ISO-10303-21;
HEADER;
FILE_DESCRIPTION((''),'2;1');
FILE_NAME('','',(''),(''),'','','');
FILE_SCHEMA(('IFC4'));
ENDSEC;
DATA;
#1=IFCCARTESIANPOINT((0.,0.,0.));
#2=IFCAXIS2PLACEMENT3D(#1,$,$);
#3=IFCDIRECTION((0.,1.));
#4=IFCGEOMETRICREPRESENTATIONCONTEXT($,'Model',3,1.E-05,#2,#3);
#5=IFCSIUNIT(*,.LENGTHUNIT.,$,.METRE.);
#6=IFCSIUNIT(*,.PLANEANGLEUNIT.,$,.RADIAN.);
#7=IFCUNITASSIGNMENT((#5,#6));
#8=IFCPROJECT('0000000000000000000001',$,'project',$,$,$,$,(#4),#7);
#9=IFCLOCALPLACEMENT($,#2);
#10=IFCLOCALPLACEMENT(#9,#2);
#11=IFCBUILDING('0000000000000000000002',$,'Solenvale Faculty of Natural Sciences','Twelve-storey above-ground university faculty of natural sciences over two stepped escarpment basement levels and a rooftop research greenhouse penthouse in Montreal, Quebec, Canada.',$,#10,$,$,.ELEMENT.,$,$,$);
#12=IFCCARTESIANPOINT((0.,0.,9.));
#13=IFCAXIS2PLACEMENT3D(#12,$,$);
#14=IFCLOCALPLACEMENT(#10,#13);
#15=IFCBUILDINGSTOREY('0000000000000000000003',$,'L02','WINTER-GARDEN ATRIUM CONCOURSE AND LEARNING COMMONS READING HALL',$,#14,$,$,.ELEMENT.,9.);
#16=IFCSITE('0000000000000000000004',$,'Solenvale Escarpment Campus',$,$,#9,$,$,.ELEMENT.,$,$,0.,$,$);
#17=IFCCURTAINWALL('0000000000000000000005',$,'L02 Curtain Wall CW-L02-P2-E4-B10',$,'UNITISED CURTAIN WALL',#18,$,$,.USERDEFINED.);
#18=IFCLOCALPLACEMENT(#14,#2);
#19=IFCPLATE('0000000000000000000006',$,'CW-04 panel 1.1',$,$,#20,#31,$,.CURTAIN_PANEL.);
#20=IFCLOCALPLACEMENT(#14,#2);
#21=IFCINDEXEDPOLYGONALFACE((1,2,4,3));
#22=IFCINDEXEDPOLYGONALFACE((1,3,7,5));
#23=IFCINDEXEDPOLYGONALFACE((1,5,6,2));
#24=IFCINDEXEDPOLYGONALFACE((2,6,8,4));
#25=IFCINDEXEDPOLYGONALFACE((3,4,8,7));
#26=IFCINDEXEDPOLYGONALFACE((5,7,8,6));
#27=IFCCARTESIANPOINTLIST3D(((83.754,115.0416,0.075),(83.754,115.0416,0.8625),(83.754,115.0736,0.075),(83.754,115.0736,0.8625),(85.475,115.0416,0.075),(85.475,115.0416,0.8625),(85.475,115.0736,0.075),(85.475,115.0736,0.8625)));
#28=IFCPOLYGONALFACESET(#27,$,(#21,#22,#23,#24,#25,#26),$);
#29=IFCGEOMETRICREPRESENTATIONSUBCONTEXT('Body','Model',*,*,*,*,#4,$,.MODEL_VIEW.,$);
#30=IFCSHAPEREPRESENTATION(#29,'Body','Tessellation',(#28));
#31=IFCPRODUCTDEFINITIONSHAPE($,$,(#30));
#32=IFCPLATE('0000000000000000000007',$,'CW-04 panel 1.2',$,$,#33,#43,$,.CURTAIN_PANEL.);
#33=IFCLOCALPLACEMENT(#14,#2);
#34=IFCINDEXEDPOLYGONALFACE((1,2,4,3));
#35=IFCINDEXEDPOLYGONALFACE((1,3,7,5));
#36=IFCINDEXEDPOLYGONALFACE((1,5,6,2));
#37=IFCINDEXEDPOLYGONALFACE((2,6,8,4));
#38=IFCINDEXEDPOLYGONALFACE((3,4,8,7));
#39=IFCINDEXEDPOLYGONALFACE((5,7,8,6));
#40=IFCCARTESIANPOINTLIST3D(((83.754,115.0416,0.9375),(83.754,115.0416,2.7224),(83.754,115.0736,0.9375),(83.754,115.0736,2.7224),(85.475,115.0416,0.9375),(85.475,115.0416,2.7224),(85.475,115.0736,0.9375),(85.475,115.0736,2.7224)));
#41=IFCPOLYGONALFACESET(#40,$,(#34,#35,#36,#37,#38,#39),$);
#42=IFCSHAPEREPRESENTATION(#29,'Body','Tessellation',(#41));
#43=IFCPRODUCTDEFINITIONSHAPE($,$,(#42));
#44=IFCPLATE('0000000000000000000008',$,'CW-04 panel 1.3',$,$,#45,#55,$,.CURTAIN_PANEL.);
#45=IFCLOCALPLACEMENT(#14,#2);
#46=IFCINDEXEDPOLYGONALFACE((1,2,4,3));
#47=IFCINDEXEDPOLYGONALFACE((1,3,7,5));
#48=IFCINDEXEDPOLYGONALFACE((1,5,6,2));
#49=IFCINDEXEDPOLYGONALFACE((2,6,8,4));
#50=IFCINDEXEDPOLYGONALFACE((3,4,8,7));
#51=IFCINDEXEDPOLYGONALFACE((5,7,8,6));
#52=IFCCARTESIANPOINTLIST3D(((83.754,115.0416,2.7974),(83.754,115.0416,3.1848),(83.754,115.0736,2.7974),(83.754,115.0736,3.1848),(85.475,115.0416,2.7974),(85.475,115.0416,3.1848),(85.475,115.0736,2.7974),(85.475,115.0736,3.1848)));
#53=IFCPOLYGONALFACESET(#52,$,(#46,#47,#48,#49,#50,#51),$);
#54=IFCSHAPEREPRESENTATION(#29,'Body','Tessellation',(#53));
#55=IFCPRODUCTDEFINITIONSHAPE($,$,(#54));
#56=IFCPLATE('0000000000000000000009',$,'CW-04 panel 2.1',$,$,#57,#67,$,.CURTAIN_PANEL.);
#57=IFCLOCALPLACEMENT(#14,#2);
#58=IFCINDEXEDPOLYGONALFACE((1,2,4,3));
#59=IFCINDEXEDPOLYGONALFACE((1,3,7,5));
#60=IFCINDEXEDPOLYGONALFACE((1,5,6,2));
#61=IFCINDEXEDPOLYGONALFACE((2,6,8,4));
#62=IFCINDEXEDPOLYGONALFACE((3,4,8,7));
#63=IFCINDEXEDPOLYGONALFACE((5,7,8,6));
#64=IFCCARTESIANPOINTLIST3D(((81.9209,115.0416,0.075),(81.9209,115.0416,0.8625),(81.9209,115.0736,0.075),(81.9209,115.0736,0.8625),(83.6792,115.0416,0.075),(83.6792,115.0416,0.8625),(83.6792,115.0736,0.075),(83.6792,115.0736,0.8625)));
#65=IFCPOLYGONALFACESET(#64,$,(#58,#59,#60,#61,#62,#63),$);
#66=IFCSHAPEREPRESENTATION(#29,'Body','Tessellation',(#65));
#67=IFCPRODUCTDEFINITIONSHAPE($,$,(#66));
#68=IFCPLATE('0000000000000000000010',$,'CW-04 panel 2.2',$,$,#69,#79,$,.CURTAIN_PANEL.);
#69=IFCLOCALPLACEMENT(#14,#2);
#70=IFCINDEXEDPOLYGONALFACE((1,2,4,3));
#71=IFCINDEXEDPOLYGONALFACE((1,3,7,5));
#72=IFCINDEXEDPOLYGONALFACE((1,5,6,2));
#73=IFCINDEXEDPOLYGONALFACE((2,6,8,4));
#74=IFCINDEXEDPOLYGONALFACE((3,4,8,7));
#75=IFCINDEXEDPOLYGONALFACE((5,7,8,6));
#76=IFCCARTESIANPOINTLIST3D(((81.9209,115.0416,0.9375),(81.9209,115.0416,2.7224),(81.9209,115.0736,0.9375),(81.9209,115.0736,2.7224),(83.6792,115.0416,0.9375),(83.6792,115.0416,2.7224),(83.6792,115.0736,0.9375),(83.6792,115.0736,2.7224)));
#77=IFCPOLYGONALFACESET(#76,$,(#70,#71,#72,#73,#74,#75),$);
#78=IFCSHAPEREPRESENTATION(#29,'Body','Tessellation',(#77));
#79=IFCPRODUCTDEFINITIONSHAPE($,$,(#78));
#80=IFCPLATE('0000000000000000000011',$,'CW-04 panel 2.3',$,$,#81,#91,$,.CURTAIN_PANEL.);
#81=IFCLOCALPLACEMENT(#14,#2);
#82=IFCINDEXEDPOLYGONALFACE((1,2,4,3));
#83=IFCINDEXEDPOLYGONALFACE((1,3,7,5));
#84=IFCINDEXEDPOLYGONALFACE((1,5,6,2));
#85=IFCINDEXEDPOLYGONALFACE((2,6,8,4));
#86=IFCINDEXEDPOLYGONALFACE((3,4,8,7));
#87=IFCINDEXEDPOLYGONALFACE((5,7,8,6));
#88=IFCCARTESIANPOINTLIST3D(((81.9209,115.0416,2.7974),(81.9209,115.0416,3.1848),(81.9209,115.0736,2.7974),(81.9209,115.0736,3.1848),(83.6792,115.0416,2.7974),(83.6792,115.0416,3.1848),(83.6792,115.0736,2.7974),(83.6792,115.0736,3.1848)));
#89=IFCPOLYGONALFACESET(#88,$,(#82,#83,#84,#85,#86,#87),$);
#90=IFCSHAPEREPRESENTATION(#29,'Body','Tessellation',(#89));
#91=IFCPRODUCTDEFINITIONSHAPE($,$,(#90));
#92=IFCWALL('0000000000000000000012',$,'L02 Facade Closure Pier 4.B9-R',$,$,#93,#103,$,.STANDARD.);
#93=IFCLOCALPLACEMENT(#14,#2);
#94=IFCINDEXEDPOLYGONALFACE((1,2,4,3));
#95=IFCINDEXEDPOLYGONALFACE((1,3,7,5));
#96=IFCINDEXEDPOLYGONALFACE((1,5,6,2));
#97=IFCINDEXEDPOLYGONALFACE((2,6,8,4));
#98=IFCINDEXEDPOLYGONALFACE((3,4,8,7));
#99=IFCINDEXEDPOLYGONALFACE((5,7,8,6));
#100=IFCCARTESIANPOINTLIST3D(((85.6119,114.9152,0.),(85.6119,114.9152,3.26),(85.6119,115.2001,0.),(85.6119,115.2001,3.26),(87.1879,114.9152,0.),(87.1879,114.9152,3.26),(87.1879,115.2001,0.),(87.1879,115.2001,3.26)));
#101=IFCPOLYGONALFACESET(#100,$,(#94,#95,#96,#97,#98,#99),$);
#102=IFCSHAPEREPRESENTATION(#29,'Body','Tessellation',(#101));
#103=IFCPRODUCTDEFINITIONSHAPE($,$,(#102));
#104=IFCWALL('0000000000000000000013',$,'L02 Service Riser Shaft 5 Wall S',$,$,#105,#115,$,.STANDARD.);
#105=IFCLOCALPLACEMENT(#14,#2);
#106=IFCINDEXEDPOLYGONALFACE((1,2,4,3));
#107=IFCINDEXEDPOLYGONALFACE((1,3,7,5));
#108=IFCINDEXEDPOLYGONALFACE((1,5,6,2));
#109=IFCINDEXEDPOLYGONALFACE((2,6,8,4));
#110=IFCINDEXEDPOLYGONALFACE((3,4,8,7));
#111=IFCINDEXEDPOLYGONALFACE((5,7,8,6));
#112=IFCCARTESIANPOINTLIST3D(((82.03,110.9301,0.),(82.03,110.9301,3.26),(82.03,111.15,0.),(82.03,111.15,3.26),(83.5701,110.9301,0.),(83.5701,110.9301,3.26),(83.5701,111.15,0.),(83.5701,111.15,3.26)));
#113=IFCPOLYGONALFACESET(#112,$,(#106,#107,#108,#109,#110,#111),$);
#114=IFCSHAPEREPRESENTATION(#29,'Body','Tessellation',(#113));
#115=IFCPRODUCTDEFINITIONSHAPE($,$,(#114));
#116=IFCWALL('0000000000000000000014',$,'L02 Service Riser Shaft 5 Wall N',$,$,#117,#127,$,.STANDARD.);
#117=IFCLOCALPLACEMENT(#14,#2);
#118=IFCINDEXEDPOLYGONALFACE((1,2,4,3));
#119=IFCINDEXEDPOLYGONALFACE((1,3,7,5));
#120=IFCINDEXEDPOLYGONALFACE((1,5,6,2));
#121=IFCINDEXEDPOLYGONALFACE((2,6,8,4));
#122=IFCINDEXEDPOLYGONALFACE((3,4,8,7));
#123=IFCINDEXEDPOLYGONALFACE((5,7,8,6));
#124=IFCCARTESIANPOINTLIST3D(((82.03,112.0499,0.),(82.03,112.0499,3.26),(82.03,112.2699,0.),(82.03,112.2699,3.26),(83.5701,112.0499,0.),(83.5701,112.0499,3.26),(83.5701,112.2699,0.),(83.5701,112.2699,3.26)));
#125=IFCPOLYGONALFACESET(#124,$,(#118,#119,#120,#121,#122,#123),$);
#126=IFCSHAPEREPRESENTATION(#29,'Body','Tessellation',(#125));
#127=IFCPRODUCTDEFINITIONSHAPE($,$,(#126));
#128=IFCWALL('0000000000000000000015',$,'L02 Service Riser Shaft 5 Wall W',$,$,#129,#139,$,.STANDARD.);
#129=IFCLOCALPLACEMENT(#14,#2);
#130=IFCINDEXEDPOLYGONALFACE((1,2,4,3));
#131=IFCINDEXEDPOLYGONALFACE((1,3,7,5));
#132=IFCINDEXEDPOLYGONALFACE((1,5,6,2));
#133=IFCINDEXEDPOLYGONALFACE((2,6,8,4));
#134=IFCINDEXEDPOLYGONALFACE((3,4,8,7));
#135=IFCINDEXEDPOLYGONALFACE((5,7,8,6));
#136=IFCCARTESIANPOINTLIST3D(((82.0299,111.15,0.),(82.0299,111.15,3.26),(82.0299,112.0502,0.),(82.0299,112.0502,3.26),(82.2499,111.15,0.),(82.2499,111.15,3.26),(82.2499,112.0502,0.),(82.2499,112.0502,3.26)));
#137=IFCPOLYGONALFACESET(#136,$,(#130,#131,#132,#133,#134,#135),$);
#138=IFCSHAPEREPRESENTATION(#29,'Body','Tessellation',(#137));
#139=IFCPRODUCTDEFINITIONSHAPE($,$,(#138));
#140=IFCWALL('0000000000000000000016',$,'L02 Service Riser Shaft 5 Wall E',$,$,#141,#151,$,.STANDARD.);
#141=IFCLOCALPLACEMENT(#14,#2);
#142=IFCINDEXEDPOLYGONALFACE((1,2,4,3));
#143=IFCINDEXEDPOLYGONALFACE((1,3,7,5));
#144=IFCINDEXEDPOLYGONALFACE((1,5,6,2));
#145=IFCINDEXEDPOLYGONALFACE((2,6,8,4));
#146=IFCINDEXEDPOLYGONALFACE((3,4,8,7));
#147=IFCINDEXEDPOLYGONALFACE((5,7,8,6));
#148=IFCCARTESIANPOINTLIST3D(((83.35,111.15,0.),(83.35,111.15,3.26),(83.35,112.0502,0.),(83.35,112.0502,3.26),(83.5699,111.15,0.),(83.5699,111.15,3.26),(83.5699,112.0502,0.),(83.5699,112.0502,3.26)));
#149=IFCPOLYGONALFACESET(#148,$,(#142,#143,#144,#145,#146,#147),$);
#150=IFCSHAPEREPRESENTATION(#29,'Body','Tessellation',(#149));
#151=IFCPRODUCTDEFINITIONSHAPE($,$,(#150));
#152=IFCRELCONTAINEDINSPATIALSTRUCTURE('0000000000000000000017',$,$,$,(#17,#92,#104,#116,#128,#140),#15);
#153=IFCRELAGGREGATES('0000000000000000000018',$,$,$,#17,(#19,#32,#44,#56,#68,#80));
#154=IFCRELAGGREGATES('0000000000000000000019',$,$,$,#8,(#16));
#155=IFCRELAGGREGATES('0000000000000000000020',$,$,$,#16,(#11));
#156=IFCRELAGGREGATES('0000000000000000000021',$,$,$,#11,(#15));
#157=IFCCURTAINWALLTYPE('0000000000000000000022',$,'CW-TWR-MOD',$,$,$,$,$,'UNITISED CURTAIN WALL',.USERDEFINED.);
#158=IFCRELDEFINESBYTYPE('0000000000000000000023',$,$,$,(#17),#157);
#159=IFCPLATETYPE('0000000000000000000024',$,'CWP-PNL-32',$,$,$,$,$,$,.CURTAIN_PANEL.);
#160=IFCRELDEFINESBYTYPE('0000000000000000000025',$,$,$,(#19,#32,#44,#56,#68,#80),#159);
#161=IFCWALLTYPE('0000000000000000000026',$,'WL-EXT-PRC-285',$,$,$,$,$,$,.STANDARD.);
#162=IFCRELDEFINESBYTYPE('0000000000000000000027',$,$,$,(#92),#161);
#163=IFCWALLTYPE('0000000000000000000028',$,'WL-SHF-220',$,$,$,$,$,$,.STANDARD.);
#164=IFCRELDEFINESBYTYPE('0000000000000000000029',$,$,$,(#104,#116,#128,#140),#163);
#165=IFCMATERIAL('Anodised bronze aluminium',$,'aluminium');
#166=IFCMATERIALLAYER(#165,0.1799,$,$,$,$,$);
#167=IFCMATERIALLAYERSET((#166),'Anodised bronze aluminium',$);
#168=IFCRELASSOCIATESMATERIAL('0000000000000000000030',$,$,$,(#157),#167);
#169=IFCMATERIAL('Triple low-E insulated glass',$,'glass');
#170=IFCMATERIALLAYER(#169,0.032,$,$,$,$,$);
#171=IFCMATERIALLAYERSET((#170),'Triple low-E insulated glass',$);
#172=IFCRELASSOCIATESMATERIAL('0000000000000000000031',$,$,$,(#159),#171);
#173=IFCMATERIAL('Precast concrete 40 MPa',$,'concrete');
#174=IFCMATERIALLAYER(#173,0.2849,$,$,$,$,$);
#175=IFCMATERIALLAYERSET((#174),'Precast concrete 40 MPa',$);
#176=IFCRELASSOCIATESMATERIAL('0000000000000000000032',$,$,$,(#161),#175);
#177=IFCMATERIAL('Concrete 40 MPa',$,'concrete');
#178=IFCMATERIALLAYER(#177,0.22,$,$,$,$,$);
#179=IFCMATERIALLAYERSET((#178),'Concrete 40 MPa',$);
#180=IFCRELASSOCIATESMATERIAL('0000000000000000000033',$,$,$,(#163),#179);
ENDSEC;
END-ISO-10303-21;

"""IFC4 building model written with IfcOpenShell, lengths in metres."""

from ifc_helpers import new_model, si_unit, direction, frame, frame_2d, origin, origin_2d, place, context, subcontext, project, spatial, rectangle, extrude, material, layer, layer_set, type_object, element, aggregate, save


model = new_model("IFC4")

# Units and contexts
model_context = context("Model", 3, precision=1e-05, world=origin(), true_north=direction((0.0, 1.0)))
body_context = subcontext(model_context, "Body", "Model", "MODEL_VIEW")
ifc_project = project(units=[si_unit("LENGTHUNIT", "METRE"), si_unit("PLANEANGLEUNIT", "RADIAN")], contexts=[model_context])

# Site, building, storey
site_placement = place(None, origin())
site = spatial("IfcSite", under=ifc_project, at=site_placement, Name="Solenvale Escarpment Campus", CompositionType="ELEMENT", RefElevation=0.0)
building_placement = place(site_placement, origin())
building = spatial("IfcBuilding", under=site, at=building_placement, Name="Solenvale Faculty of Natural Sciences", Description="Twelve-storey above-ground university faculty of natural sciences over two stepped escarpment basement levels and a rooftop research greenhouse penthouse in Montreal, Quebec, Canada.", CompositionType="ELEMENT")
storey_placement = place(building_placement, frame((0.0, 0.0, 9.0)))
storey = spatial("IfcBuildingStorey", under=building, at=storey_placement, Name="L02", Description="WINTER-GARDEN ATRIUM CONCOURSE AND LEARNING COMMONS READING HALL", CompositionType="ELEMENT", Elevation=9.0)

# Shared definitions
ifc_material_1 = material(Name="Concrete 40 MPa", Category="concrete")
ifc_material_2 = material(Name="Precast concrete 40 MPa", Category="concrete")

# Shared definitions
ifc_material_3 = material(Name="Anodised bronze aluminium", Category="aluminium")
ifc_layer_1 = layer(ifc_material_3, 0.1799)
ifc_layer_set_1 = layer_set([ifc_layer_1], Name="Anodised bronze aluminium")
curtain_wall_type = type_object("IfcCurtainWallType", Name="CW-TWR-MOD", ElementType="UNITISED CURTAIN WALL", PredefinedType="USERDEFINED", material=ifc_layer_set_1)

# Curtain wall, plates
curtain_wall_1_placement = place(storey_placement, origin())
curtain_wall_1 = element("IfcCurtainWall", 1, at=curtain_wall_1_placement, inside=storey, type_object=curtain_wall_type, Name="L02 Curtain Wall CW-L02-P2-E4-B10", ObjectType="UNITISED CURTAIN WALL", PredefinedType="USERDEFINED")
ifc_material_4 = material(Name="Triple low-E insulated glass", Category="glass")
ifc_layer_2 = layer(ifc_material_4, 0.032)
ifc_layer_set_2 = layer_set([ifc_layer_2], Name="Triple low-E insulated glass")
plate_type = type_object("IfcPlateType", Name="CWP-PNL-32", PredefinedType="CURTAIN_PANEL", material=ifc_layer_set_2)
plate_1_placement = place(storey_placement, frame((84.6145, 115.0576, 0.075), z_axis=(0.0, 0.0, 1.0), x_axis=(-1.0, 0.0, 0.0)))
plate_1 = element("IfcPlate", 2, at=plate_1_placement, type_object=plate_type, Name="CW-04 panel 1.1", PredefinedType="CURTAIN_PANEL", context=body_context, shape_type="SweptSolid", body=[
    extrude(rectangle(XDim=1.7209, YDim=0.032, at=origin_2d()), origin(), (0.0, 0.0, 1.0), 0.7876),
])
plate_2_placement = place(storey_placement, frame((84.6145, 115.0576, 0.9375), z_axis=(0.0, 0.0, 1.0), x_axis=(-1.0, 0.0, 0.0)))
plate_2 = element("IfcPlate", 3, at=plate_2_placement, type_object=plate_type, Name="CW-04 panel 1.2", PredefinedType="CURTAIN_PANEL", context=body_context, shape_type="SweptSolid", body=[
    extrude(rectangle(XDim=1.7209, YDim=0.032, at=origin_2d()), origin(), (0.0, 0.0, 1.0), 1.7849),
])
plate_3_placement = place(storey_placement, frame((84.6145, 115.0576, 2.7974), z_axis=(0.0, 0.0, 1.0), x_axis=(-1.0, 0.0, 0.0)))
plate_3 = element("IfcPlate", 4, at=plate_3_placement, type_object=plate_type, Name="CW-04 panel 1.3", PredefinedType="CURTAIN_PANEL", context=body_context, shape_type="SweptSolid", body=[
    extrude(rectangle(XDim=1.7209, YDim=0.032, at=origin_2d()), origin(), (0.0, 0.0, 1.0), 0.3875),
])
plate_4_placement = place(storey_placement, frame((82.8, 115.0576, 0.075), z_axis=(0.0, 0.0, 1.0), x_axis=(-1.0, 0.0, 0.0)))
plate_4 = element("IfcPlate", 5, at=plate_4_placement, type_object=plate_type, Name="CW-04 panel 2.1", PredefinedType="CURTAIN_PANEL", context=body_context, shape_type="SweptSolid", body=[
    extrude(rectangle(XDim=1.7583, YDim=0.032, at=origin_2d()), origin(), (0.0, 0.0, 1.0), 0.7876),
])
plate_5_placement = place(storey_placement, frame((82.8, 115.0576, 0.9375), z_axis=(0.0, 0.0, 1.0), x_axis=(-1.0, 0.0, 0.0)))
plate_5 = element("IfcPlate", 6, at=plate_5_placement, type_object=plate_type, Name="CW-04 panel 2.2", PredefinedType="CURTAIN_PANEL", context=body_context, shape_type="SweptSolid", body=[
    extrude(rectangle(XDim=1.7583, YDim=0.032, at=origin_2d()), origin(), (0.0, 0.0, 1.0), 1.7849),
])
plate_6_placement = place(storey_placement, frame((82.8, 115.0576, 2.7974), z_axis=(0.0, 0.0, 1.0), x_axis=(-1.0, 0.0, 0.0)))
plate_6 = element("IfcPlate", 7, at=plate_6_placement, type_object=plate_type, Name="CW-04 panel 2.3", PredefinedType="CURTAIN_PANEL", context=body_context, shape_type="SweptSolid", body=[
    extrude(rectangle(XDim=1.7583, YDim=0.032, at=origin_2d()), origin(), (0.0, 0.0, 1.0), 0.3875),
])
aggregate(curtain_wall_1, [plate_1, plate_2, plate_3, plate_4, plate_5, plate_6])

# Walls
ifc_layer_3 = layer(ifc_material_2, 0.2849)
ifc_layer_set_3 = layer_set([ifc_layer_3], Name="Precast concrete 40 MPa")
wall_type_1 = type_object("IfcWallType", Name="WL-EXT-PRC-285", PredefinedType="STANDARD", material=ifc_layer_set_3)
wall_placement = place(storey_placement, frame((87.188, 115.0576, 0.0), z_axis=(0.0, 0.0, 1.0), x_axis=(-1.0, 0.0, 0.0)))
element("IfcWall", 8, at=wall_placement, inside=storey, type_object=wall_type_1, Name="L02 Facade Closure Pier 4.B9-R", PredefinedType="STANDARD", context=body_context, shape_type="SweptSolid", body=[
    extrude(rectangle(XDim=1.5759, YDim=0.2849, at=frame_2d((0.7881, 0.0))), origin(), (0.0, 0.0, 1.0), 3.26),
])
ifc_layer_4 = layer(ifc_material_1, 0.22)
ifc_layer_set_4 = layer_set([ifc_layer_4], Name="Concrete 40 MPa")
wall_type_2 = type_object("IfcWallType", Name="WL-SHF-220", PredefinedType="STANDARD", material=ifc_layer_set_4)
for number, where, z_axis, x_axis, name in (
    (9, (82.03, 111.04, 0.0), (0.0, 0.0, 1.0), (1.0, 0.0, 0.0), "L02 Service Riser Shaft 5 Wall S"),
    (10, (82.03, 112.1599, 0.0), (0.0, 0.0, 1.0), (1.0, 0.0, 0.0), "L02 Service Riser Shaft 5 Wall N"),
):
    element("IfcWall", number, at=place(storey_placement, frame(where, z_axis=z_axis, x_axis=x_axis)), inside=storey, type_object=wall_type_2, Name=name, PredefinedType="STANDARD", context=body_context, shape_type="SweptSolid", body=[
        extrude(rectangle(XDim=1.54, YDim=0.22, at=frame_2d((0.77, 0.0))), origin(), (0.0, 0.0, 1.0), 3.26),
    ])
for number, where, z_axis, x_axis, name in (
    (11, (82.1399, 111.1499, 0.0), (0.0, 0.0, 1.0), (0.0, 1.0, 0.0), "L02 Service Riser Shaft 5 Wall W"),
    (12, (83.46, 111.1499, 0.0), (0.0, 0.0, 1.0), (0.0, 1.0, 0.0), "L02 Service Riser Shaft 5 Wall E"),
):
    element("IfcWall", number, at=place(storey_placement, frame(where, z_axis=z_axis, x_axis=x_axis)), inside=storey, type_object=wall_type_2, Name=name, PredefinedType="STANDARD", context=body_context, shape_type="SweptSolid", body=[
        extrude(rectangle(XDim=0.9001, YDim=0.22, at=frame_2d((0.4502, 0.0))), origin(), (0.0, 0.0, 1.0), 3.26),
    ])

save(model, "model.ifc")
